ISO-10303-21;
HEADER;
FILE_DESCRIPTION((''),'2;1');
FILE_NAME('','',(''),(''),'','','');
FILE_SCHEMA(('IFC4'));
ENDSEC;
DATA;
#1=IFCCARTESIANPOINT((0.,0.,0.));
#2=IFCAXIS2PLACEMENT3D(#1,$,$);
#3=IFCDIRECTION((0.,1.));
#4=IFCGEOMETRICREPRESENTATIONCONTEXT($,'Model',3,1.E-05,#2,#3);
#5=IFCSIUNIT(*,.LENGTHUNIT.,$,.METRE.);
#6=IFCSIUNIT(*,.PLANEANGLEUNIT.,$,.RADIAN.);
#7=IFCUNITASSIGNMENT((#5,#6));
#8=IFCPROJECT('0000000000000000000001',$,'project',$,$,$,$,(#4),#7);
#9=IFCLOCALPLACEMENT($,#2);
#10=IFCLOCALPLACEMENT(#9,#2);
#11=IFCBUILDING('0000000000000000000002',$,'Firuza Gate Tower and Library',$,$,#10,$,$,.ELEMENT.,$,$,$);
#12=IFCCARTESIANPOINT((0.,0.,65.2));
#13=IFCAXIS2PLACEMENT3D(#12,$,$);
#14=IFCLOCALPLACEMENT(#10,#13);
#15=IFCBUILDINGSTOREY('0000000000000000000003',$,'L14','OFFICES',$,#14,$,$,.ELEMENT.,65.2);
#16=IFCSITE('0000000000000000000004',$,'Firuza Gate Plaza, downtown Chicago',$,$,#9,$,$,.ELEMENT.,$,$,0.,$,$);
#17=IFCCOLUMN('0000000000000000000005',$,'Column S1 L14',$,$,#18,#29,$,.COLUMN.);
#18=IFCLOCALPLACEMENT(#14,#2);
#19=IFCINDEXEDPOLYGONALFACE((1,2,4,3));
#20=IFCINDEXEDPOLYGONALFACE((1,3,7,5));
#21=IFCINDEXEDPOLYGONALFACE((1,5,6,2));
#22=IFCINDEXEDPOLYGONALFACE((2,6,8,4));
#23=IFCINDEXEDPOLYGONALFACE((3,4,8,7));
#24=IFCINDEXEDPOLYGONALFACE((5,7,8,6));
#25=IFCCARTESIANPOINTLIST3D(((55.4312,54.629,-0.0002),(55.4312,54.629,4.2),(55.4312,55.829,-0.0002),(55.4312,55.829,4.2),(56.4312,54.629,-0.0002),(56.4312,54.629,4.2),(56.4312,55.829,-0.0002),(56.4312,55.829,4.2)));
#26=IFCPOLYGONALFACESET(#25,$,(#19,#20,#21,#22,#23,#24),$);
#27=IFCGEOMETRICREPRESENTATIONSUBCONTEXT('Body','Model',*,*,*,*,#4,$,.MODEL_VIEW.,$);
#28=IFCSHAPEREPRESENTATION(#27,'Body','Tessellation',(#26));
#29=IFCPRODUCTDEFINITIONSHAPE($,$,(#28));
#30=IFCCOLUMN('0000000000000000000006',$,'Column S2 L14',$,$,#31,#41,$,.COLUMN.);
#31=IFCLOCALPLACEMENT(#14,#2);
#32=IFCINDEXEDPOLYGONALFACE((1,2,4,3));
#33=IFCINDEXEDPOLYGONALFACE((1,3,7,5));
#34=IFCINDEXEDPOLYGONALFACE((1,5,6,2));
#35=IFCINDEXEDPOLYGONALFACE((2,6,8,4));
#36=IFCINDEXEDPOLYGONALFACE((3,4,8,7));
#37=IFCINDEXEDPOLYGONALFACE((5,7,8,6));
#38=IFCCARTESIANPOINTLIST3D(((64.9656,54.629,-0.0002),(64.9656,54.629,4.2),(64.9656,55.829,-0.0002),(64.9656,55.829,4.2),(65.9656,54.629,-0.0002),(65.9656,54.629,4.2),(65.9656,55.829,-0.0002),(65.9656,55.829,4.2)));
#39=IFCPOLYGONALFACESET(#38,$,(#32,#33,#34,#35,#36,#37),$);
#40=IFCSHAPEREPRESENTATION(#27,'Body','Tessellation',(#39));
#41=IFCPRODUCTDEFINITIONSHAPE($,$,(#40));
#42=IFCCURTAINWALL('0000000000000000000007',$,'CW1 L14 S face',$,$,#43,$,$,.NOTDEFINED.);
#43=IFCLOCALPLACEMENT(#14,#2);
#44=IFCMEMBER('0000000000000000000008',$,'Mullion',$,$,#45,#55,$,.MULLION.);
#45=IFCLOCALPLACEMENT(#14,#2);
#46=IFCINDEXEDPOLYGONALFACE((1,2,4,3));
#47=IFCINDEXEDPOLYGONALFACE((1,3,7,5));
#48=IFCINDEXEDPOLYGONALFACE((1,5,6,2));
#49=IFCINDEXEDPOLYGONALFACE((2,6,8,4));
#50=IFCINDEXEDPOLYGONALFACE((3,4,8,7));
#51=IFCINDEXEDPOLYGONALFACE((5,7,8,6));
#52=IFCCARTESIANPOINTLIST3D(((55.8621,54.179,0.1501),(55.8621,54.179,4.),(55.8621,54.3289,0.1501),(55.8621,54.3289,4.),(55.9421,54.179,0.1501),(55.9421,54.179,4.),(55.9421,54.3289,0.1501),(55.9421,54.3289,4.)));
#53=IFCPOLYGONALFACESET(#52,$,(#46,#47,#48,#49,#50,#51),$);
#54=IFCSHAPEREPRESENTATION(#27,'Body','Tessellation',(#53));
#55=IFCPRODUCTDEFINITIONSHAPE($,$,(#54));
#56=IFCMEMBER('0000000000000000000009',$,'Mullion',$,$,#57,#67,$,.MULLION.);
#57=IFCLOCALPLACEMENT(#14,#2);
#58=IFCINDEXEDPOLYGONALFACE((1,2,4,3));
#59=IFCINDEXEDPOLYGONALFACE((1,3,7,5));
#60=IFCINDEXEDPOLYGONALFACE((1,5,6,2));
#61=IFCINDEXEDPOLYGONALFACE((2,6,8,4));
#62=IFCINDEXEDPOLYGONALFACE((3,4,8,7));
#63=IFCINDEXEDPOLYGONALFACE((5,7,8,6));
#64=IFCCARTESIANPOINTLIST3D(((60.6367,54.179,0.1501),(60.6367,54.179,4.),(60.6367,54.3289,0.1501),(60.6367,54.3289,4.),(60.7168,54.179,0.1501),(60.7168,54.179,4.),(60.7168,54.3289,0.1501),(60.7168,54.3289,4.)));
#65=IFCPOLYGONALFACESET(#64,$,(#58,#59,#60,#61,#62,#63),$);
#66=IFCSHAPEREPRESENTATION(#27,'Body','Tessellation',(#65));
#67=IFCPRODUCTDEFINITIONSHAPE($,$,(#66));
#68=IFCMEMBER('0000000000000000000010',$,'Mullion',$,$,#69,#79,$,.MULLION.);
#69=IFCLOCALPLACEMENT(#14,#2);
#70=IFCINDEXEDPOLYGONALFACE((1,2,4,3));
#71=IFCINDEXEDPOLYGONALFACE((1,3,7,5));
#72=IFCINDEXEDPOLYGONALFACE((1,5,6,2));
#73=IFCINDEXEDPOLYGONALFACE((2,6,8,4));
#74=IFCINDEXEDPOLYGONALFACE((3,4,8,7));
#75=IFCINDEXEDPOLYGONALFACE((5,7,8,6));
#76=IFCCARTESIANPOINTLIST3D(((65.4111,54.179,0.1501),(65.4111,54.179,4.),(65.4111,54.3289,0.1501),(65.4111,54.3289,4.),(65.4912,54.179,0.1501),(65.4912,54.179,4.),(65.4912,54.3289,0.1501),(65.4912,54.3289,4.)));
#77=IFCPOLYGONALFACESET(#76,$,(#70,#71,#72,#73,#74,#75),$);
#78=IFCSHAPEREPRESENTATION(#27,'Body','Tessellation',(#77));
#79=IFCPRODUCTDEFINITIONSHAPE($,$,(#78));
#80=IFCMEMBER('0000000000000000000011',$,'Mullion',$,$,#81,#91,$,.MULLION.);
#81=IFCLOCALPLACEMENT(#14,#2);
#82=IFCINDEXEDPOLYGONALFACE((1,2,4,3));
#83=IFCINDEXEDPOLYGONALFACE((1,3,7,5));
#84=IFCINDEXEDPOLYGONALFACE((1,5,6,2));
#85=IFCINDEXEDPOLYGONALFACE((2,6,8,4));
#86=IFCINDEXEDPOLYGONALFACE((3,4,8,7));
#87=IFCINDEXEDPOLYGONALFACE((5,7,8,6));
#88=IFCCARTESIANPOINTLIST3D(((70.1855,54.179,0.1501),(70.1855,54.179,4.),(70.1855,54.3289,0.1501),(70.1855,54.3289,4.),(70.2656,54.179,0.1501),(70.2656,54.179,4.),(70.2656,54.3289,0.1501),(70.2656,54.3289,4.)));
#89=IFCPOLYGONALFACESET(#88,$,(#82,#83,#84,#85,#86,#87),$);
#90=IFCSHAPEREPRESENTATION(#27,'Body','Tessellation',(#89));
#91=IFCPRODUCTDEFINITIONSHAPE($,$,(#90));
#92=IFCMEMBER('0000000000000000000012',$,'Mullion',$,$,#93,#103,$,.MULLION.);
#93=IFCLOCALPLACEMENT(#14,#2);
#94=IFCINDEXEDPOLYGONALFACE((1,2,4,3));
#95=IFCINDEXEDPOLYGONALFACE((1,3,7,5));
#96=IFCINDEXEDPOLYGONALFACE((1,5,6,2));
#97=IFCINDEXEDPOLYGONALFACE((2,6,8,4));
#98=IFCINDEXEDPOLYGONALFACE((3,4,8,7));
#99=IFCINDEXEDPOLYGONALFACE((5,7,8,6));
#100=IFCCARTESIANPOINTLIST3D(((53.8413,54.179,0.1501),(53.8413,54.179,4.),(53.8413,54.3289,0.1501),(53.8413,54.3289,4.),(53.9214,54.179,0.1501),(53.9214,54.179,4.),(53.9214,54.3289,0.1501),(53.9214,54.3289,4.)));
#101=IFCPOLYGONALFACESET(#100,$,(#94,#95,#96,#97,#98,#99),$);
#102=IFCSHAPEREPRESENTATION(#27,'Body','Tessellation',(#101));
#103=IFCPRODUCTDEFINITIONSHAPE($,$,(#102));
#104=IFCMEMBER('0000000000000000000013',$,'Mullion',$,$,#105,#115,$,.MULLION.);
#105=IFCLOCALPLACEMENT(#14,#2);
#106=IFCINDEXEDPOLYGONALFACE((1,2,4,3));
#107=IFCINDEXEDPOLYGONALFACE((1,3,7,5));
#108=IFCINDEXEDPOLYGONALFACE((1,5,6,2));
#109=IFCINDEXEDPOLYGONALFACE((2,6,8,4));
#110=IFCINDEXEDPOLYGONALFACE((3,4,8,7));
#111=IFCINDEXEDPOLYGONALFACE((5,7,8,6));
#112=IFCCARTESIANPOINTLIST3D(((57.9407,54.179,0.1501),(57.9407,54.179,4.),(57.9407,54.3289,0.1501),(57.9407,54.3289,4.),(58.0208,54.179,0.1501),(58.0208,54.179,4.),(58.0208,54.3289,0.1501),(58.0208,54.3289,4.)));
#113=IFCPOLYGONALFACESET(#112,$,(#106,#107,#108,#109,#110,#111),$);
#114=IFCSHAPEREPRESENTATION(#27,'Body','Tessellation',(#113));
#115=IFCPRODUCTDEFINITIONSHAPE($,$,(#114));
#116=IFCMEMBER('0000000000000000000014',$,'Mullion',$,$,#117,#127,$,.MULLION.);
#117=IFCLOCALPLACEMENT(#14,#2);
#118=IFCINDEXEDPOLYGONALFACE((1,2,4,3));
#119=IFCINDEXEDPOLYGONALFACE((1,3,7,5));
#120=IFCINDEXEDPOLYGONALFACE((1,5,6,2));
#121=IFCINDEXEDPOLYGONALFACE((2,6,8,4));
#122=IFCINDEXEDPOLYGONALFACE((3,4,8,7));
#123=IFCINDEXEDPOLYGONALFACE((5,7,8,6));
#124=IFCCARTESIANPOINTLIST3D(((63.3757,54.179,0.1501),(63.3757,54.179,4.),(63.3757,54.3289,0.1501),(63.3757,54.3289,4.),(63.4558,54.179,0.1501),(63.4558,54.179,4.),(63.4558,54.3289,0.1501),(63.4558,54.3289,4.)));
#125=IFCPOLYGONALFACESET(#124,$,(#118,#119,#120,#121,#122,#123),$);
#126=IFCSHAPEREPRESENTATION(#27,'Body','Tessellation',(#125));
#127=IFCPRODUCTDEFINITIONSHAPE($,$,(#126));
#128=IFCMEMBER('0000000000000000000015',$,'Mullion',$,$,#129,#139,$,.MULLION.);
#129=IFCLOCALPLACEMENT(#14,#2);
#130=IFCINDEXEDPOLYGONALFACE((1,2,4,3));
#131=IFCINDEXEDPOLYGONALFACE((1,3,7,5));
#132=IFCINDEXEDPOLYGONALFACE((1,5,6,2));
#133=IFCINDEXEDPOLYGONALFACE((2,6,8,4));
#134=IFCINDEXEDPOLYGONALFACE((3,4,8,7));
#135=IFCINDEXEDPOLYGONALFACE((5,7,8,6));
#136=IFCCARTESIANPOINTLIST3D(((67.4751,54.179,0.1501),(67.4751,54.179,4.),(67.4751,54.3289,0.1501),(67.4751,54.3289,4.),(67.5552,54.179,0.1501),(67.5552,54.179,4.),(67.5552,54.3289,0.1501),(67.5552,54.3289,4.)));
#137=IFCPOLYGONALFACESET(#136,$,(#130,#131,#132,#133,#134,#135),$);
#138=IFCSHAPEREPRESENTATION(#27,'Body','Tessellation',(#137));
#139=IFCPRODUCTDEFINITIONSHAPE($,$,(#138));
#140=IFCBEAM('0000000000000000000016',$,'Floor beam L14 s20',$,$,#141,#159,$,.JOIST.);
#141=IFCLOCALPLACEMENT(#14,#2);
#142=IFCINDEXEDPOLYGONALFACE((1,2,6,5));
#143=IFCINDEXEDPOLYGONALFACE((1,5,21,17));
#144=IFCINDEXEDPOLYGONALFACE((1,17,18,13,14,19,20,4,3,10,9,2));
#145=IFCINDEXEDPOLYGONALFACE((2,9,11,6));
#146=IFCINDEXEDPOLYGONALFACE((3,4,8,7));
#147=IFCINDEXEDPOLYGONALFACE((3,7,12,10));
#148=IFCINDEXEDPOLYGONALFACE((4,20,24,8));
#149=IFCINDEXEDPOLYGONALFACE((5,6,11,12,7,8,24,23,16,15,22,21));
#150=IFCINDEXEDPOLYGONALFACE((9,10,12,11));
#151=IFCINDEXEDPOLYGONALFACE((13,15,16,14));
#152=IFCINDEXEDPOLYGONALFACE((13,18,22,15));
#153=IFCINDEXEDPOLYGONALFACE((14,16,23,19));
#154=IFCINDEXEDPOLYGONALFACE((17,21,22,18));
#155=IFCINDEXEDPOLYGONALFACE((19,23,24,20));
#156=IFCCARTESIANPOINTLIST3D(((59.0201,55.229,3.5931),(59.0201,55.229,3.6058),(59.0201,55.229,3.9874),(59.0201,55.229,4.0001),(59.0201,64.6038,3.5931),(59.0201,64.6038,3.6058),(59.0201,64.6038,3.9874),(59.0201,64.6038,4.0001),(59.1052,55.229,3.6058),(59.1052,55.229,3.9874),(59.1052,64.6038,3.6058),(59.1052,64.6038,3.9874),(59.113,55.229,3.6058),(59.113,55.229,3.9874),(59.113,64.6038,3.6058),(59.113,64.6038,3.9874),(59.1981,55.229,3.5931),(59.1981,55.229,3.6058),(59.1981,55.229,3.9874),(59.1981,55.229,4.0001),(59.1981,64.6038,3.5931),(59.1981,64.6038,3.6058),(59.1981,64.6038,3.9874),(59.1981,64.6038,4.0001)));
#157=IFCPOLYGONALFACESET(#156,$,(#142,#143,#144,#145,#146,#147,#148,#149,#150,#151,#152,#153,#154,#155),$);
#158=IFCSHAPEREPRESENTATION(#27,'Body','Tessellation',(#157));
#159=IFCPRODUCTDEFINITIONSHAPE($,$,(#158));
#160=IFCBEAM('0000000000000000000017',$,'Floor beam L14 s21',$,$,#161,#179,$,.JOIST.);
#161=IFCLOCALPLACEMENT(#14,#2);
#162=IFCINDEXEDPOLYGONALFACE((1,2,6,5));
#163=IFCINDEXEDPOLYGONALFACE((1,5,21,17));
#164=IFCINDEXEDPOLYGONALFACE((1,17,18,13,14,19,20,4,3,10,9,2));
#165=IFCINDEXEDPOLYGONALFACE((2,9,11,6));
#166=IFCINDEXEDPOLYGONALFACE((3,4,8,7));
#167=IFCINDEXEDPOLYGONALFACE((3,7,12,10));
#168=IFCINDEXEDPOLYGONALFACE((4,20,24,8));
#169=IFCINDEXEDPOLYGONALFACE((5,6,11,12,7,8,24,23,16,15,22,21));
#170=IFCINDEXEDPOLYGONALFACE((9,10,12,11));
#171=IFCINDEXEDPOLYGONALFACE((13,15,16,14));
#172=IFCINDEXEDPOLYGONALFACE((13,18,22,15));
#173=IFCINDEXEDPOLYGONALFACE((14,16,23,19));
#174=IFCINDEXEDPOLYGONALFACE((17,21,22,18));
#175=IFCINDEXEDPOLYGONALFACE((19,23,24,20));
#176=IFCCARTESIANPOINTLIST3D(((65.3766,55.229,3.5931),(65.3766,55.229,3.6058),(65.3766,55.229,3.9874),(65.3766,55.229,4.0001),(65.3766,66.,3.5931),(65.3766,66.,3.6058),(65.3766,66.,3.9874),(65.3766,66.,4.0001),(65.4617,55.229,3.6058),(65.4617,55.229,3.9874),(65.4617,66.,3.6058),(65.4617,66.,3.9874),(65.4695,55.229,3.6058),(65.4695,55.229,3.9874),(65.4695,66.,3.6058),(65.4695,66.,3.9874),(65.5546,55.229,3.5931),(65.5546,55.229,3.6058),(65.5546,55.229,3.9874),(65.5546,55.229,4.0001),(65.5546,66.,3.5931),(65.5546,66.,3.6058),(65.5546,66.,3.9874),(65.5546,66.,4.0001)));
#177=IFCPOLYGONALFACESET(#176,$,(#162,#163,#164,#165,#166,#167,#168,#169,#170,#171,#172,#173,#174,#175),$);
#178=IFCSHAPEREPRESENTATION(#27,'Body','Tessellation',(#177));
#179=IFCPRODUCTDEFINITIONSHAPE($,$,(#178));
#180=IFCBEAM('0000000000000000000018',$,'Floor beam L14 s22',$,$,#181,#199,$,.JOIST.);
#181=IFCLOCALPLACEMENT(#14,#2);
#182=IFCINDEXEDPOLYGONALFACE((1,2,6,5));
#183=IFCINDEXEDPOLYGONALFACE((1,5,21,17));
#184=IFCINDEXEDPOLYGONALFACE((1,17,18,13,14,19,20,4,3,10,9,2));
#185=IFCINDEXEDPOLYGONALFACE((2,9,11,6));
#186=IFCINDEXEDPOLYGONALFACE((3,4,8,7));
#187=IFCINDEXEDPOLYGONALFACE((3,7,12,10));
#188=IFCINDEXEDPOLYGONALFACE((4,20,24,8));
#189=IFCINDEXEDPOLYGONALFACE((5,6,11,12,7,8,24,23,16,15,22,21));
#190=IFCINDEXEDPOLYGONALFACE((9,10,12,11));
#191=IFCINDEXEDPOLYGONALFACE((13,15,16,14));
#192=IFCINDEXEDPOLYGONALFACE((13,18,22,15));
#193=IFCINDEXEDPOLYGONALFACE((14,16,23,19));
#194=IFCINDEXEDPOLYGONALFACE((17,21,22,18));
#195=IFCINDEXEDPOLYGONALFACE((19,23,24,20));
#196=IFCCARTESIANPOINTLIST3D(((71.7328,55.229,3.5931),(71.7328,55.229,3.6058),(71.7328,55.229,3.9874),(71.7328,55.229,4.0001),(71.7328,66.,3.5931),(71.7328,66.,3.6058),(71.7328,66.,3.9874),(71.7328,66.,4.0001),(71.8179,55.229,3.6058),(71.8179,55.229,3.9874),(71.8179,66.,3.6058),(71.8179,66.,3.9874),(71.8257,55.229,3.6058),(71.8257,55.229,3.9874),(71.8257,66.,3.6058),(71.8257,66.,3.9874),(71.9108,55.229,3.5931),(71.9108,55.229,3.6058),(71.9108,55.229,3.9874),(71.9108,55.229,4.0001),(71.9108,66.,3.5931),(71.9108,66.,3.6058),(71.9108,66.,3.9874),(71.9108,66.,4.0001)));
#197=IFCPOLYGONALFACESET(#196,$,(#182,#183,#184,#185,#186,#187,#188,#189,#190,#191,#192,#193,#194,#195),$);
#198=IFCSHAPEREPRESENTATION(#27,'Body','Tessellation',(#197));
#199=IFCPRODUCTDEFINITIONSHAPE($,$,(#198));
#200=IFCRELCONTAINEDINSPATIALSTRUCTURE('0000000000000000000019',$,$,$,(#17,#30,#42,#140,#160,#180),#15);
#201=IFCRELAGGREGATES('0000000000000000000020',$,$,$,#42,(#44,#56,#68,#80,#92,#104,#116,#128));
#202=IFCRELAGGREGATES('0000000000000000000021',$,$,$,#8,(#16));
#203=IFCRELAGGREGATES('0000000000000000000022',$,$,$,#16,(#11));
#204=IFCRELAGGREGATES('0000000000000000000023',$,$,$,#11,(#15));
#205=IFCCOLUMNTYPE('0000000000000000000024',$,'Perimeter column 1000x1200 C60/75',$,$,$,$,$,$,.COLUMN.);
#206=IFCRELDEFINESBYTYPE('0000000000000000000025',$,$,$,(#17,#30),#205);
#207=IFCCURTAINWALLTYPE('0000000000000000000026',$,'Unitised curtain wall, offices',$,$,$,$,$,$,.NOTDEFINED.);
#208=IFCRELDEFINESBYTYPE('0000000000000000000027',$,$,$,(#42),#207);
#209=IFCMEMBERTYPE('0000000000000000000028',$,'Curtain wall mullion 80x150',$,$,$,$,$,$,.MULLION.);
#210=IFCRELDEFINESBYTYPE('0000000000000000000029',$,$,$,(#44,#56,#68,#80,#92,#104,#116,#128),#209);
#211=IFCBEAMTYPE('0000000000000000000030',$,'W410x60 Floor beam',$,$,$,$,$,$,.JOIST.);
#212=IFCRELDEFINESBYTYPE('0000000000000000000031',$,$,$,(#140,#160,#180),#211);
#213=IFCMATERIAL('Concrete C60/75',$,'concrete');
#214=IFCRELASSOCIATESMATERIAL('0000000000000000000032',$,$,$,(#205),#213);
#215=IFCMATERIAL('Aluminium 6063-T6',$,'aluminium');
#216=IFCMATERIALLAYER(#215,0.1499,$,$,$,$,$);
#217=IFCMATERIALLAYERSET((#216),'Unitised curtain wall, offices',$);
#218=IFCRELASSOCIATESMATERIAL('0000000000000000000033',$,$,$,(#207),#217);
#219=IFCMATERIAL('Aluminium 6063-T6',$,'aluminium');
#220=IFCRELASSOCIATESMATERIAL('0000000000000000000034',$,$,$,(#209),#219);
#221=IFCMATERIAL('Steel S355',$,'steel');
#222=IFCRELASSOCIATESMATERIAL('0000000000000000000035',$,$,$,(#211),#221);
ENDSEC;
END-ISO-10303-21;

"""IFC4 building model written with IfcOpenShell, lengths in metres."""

from ifc_helpers import new_model, si_unit, direction, frame, origin, origin_2d, place, context, subcontext, project, spatial, rectangle, i_section, extrude, material, layer, layer_set, material_profile, profile_set, type_object, element, aggregate, save


model = new_model("IFC4")

# Units and contexts
model_context = context("Model", 3, precision=1e-05, world=origin(), true_north=direction((0.0, 1.0)))
body_context = subcontext(model_context, "Body", "Model", "MODEL_VIEW")
ifc_project = project(units=[si_unit("LENGTHUNIT", "METRE"), si_unit("PLANEANGLEUNIT", "RADIAN")], contexts=[model_context])

# Site, building, storey
site_placement = place(None, origin())
site = spatial("IfcSite", under=ifc_project, at=site_placement, Name="Firuza Gate Plaza, downtown Chicago", CompositionType="ELEMENT", RefElevation=0.0)
building_placement = place(site_placement, origin())
building = spatial("IfcBuilding", under=site, at=building_placement, Name="Firuza Gate Tower and Library", CompositionType="ELEMENT")
storey_placement = place(building_placement, frame((0.0, 0.0, 65.2)))
storey = spatial("IfcBuildingStorey", under=building, at=storey_placement, Name="L14", Description="OFFICES", CompositionType="ELEMENT", Elevation=65.2)

# Columns
ifc_material_1 = material(Name="Concrete C60/75", Category="concrete")
ifc_material_profile_1 = material_profile(ifc_material_1, rectangle(XDim=1.0, YDim=1.2, at=origin_2d()))
ifc_profile_set_1 = profile_set([ifc_material_profile_1], Name="Concrete C60/75")
column_type = type_object("IfcColumnType", Name="Perimeter column 1000x1200 C60/75", PredefinedType="COLUMN", material=ifc_profile_set_1)
for number, where, z_axis, x_axis, name in (
    (1, (55.9312, 55.229, -0.0002), (0.0, 0.0, 1.0), (1.0, 0.0, 0.0), "Column S1 L14"),
    (2, (65.4656, 55.229, -0.0002), (0.0, 0.0, 1.0), (1.0, 0.0, 0.0), "Column S2 L14"),
):
    element("IfcColumn", number, at=place(storey_placement, frame(where, z_axis=z_axis, x_axis=x_axis)), inside=storey, type_object=column_type, Name=name, PredefinedType="COLUMN", context=body_context, shape_type="SweptSolid", body=[
        extrude(rectangle(XDim=1.0, YDim=1.2, at=origin_2d()), origin(), (0.0, 0.0, 1.0), 4.2002),
    ])

# Curtain wall, members
ifc_material_2 = material(Name="Aluminium 6063-T6", Category="aluminium")
ifc_layer_1 = layer(ifc_material_2, 0.1499)
ifc_layer_set_1 = layer_set([ifc_layer_1], Name="Unitised curtain wall, offices")
curtain_wall_type = type_object("IfcCurtainWallType", Name="Unitised curtain wall, offices", PredefinedType="NOTDEFINED", material=ifc_layer_set_1)
curtain_wall_placement = place(storey_placement, origin())
curtain_wall = element("IfcCurtainWall", 3, at=curtain_wall_placement, inside=storey, type_object=curtain_wall_type, Name="CW1 L14 S face", PredefinedType="NOTDEFINED")
ifc_material_3 = material(Name="Aluminium 6063-T6", Category="aluminium")
ifc_material_profile_2 = material_profile(ifc_material_3, rectangle(XDim=0.1499, YDim=0.0801, at=origin_2d()))
ifc_profile_set_2 = profile_set([ifc_material_profile_2], Name="Aluminium 6063-T6")
member_type = type_object("IfcMemberType", Name="Curtain wall mullion 80x150", PredefinedType="MULLION", material=ifc_profile_set_2)
member_1_placement = place(storey_placement, frame((55.9021, 54.2539, 0.1501), z_axis=(0.0, 0.0, 1.0), x_axis=(0.0, 1.0, 0.0)))
member_1 = element("IfcMember", 4, at=member_1_placement, type_object=member_type, Name="Mullion", PredefinedType="MULLION", context=body_context, shape_type="SweptSolid", body=[
    extrude(rectangle(XDim=0.1499, YDim=0.0801, at=origin_2d()), origin(), (0.0, 0.0, 1.0), 3.8499),
])
member_2_placement = place(storey_placement, frame((60.6768, 54.2539, 0.1501), z_axis=(0.0, 0.0, 1.0), x_axis=(0.0, 1.0, 0.0)))
member_2 = element("IfcMember", 5, at=member_2_placement, type_object=member_type, Name="Mullion", PredefinedType="MULLION", context=body_context, shape_type="SweptSolid", body=[
    extrude(rectangle(XDim=0.1499, YDim=0.0801, at=origin_2d()), origin(), (0.0, 0.0, 1.0), 3.8499),
])
member_3_placement = place(storey_placement, frame((65.4512, 54.2539, 0.1501), z_axis=(0.0, 0.0, 1.0), x_axis=(0.0, 1.0, 0.0)))
member_3 = element("IfcMember", 6, at=member_3_placement, type_object=member_type, Name="Mullion", PredefinedType="MULLION", context=body_context, shape_type="SweptSolid", body=[
    extrude(rectangle(XDim=0.1499, YDim=0.0801, at=origin_2d()), origin(), (0.0, 0.0, 1.0), 3.8499),
])
member_4_placement = place(storey_placement, frame((70.2256, 54.2539, 0.1501), z_axis=(0.0, 0.0, 1.0), x_axis=(0.0, 1.0, 0.0)))
member_4 = element("IfcMember", 7, at=member_4_placement, type_object=member_type, Name="Mullion", PredefinedType="MULLION", context=body_context, shape_type="SweptSolid", body=[
    extrude(rectangle(XDim=0.1499, YDim=0.0801, at=origin_2d()), origin(), (0.0, 0.0, 1.0), 3.8499),
])
member_5_placement = place(storey_placement, frame((53.8813, 54.2539, 0.1501), z_axis=(0.0, 0.0, 1.0), x_axis=(0.0, 1.0, 0.0)))
member_5 = element("IfcMember", 8, at=member_5_placement, type_object=member_type, Name="Mullion", PredefinedType="MULLION", context=body_context, shape_type="SweptSolid", body=[
    extrude(rectangle(XDim=0.1499, YDim=0.0801, at=origin_2d()), origin(), (0.0, 0.0, 1.0), 3.8499),
])
member_6_placement = place(storey_placement, frame((57.9807, 54.2539, 0.1501), z_axis=(0.0, 0.0, 1.0), x_axis=(0.0, 1.0, 0.0)))
member_6 = element("IfcMember", 9, at=member_6_placement, type_object=member_type, Name="Mullion", PredefinedType="MULLION", context=body_context, shape_type="SweptSolid", body=[
    extrude(rectangle(XDim=0.1499, YDim=0.0801, at=origin_2d()), origin(), (0.0, 0.0, 1.0), 3.8499),
])
member_7_placement = place(storey_placement, frame((63.4158, 54.2539, 0.1501), z_axis=(0.0, 0.0, 1.0), x_axis=(0.0, 1.0, 0.0)))
member_7 = element("IfcMember", 10, at=member_7_placement, type_object=member_type, Name="Mullion", PredefinedType="MULLION", context=body_context, shape_type="SweptSolid", body=[
    extrude(rectangle(XDim=0.1499, YDim=0.0801, at=origin_2d()), origin(), (0.0, 0.0, 1.0), 3.8499),
])
member_8_placement = place(storey_placement, frame((67.5151, 54.2539, 0.1501), z_axis=(0.0, 0.0, 1.0), x_axis=(0.0, 1.0, 0.0)))
member_8 = element("IfcMember", 11, at=member_8_placement, type_object=member_type, Name="Mullion", PredefinedType="MULLION", context=body_context, shape_type="SweptSolid", body=[
    extrude(rectangle(XDim=0.1499, YDim=0.0801, at=origin_2d()), origin(), (0.0, 0.0, 1.0), 3.8499),
])

# Beams
ifc_material_4 = material(Name="Steel S355", Category="steel")
ifc_material_profile_3 = material_profile(ifc_material_4, i_section(OverallWidth=0.178, OverallDepth=0.407, WebThickness=0.0078, FlangeThickness=0.0127, at=origin_2d()))
ifc_profile_set_3 = profile_set([ifc_material_profile_3], Name="Steel S355")
beam_type_1 = type_object("IfcBeamType", Name="W410x60 Floor beam", PredefinedType="JOIST", material=ifc_profile_set_3)
beam_1_placement = place(storey_placement, frame((59.1091, 55.229, 3.7966), z_axis=(0.0, 1.0, 0.0), x_axis=(-1.0, 0.0, 0.0)))
element("IfcBeam", 12, at=beam_1_placement, inside=storey, type_object=beam_type_1, Name="Floor beam L14 s20", PredefinedType="JOIST", context=body_context, shape_type="SweptSolid", body=[
    extrude(i_section(OverallWidth=0.178, OverallDepth=0.407, WebThickness=0.0078, FlangeThickness=0.0127, at=origin_2d()), origin(), (0.0, 0.0, 1.0), 9.3748),
])
for number, where, z_axis, x_axis, name in (
    (13, (65.4656, 55.229, 3.7966), (0.0, 1.0, 0.0), (-1.0, 0.0, 0.0), "Floor beam L14 s21"),
    (14, (71.8218, 55.229, 3.7966), (0.0, 1.0, 0.0), (-1.0, 0.0, 0.0), "Floor beam L14 s22"),
):
    element("IfcBeam", number, at=place(storey_placement, frame(where, z_axis=z_axis, x_axis=x_axis)), inside=storey, type_object=beam_type_1, Name=name, PredefinedType="JOIST", context=body_context, shape_type="SweptSolid", body=[
        extrude(i_section(OverallWidth=0.178, OverallDepth=0.407, WebThickness=0.0078, FlangeThickness=0.0127, at=origin_2d()), origin(), (0.0, 0.0, 1.0), 10.771),
    ])

aggregate(curtain_wall, [member_1, member_2, member_3, member_4, member_5, member_6, member_7, member_8])

save(model, "model.ifc")
